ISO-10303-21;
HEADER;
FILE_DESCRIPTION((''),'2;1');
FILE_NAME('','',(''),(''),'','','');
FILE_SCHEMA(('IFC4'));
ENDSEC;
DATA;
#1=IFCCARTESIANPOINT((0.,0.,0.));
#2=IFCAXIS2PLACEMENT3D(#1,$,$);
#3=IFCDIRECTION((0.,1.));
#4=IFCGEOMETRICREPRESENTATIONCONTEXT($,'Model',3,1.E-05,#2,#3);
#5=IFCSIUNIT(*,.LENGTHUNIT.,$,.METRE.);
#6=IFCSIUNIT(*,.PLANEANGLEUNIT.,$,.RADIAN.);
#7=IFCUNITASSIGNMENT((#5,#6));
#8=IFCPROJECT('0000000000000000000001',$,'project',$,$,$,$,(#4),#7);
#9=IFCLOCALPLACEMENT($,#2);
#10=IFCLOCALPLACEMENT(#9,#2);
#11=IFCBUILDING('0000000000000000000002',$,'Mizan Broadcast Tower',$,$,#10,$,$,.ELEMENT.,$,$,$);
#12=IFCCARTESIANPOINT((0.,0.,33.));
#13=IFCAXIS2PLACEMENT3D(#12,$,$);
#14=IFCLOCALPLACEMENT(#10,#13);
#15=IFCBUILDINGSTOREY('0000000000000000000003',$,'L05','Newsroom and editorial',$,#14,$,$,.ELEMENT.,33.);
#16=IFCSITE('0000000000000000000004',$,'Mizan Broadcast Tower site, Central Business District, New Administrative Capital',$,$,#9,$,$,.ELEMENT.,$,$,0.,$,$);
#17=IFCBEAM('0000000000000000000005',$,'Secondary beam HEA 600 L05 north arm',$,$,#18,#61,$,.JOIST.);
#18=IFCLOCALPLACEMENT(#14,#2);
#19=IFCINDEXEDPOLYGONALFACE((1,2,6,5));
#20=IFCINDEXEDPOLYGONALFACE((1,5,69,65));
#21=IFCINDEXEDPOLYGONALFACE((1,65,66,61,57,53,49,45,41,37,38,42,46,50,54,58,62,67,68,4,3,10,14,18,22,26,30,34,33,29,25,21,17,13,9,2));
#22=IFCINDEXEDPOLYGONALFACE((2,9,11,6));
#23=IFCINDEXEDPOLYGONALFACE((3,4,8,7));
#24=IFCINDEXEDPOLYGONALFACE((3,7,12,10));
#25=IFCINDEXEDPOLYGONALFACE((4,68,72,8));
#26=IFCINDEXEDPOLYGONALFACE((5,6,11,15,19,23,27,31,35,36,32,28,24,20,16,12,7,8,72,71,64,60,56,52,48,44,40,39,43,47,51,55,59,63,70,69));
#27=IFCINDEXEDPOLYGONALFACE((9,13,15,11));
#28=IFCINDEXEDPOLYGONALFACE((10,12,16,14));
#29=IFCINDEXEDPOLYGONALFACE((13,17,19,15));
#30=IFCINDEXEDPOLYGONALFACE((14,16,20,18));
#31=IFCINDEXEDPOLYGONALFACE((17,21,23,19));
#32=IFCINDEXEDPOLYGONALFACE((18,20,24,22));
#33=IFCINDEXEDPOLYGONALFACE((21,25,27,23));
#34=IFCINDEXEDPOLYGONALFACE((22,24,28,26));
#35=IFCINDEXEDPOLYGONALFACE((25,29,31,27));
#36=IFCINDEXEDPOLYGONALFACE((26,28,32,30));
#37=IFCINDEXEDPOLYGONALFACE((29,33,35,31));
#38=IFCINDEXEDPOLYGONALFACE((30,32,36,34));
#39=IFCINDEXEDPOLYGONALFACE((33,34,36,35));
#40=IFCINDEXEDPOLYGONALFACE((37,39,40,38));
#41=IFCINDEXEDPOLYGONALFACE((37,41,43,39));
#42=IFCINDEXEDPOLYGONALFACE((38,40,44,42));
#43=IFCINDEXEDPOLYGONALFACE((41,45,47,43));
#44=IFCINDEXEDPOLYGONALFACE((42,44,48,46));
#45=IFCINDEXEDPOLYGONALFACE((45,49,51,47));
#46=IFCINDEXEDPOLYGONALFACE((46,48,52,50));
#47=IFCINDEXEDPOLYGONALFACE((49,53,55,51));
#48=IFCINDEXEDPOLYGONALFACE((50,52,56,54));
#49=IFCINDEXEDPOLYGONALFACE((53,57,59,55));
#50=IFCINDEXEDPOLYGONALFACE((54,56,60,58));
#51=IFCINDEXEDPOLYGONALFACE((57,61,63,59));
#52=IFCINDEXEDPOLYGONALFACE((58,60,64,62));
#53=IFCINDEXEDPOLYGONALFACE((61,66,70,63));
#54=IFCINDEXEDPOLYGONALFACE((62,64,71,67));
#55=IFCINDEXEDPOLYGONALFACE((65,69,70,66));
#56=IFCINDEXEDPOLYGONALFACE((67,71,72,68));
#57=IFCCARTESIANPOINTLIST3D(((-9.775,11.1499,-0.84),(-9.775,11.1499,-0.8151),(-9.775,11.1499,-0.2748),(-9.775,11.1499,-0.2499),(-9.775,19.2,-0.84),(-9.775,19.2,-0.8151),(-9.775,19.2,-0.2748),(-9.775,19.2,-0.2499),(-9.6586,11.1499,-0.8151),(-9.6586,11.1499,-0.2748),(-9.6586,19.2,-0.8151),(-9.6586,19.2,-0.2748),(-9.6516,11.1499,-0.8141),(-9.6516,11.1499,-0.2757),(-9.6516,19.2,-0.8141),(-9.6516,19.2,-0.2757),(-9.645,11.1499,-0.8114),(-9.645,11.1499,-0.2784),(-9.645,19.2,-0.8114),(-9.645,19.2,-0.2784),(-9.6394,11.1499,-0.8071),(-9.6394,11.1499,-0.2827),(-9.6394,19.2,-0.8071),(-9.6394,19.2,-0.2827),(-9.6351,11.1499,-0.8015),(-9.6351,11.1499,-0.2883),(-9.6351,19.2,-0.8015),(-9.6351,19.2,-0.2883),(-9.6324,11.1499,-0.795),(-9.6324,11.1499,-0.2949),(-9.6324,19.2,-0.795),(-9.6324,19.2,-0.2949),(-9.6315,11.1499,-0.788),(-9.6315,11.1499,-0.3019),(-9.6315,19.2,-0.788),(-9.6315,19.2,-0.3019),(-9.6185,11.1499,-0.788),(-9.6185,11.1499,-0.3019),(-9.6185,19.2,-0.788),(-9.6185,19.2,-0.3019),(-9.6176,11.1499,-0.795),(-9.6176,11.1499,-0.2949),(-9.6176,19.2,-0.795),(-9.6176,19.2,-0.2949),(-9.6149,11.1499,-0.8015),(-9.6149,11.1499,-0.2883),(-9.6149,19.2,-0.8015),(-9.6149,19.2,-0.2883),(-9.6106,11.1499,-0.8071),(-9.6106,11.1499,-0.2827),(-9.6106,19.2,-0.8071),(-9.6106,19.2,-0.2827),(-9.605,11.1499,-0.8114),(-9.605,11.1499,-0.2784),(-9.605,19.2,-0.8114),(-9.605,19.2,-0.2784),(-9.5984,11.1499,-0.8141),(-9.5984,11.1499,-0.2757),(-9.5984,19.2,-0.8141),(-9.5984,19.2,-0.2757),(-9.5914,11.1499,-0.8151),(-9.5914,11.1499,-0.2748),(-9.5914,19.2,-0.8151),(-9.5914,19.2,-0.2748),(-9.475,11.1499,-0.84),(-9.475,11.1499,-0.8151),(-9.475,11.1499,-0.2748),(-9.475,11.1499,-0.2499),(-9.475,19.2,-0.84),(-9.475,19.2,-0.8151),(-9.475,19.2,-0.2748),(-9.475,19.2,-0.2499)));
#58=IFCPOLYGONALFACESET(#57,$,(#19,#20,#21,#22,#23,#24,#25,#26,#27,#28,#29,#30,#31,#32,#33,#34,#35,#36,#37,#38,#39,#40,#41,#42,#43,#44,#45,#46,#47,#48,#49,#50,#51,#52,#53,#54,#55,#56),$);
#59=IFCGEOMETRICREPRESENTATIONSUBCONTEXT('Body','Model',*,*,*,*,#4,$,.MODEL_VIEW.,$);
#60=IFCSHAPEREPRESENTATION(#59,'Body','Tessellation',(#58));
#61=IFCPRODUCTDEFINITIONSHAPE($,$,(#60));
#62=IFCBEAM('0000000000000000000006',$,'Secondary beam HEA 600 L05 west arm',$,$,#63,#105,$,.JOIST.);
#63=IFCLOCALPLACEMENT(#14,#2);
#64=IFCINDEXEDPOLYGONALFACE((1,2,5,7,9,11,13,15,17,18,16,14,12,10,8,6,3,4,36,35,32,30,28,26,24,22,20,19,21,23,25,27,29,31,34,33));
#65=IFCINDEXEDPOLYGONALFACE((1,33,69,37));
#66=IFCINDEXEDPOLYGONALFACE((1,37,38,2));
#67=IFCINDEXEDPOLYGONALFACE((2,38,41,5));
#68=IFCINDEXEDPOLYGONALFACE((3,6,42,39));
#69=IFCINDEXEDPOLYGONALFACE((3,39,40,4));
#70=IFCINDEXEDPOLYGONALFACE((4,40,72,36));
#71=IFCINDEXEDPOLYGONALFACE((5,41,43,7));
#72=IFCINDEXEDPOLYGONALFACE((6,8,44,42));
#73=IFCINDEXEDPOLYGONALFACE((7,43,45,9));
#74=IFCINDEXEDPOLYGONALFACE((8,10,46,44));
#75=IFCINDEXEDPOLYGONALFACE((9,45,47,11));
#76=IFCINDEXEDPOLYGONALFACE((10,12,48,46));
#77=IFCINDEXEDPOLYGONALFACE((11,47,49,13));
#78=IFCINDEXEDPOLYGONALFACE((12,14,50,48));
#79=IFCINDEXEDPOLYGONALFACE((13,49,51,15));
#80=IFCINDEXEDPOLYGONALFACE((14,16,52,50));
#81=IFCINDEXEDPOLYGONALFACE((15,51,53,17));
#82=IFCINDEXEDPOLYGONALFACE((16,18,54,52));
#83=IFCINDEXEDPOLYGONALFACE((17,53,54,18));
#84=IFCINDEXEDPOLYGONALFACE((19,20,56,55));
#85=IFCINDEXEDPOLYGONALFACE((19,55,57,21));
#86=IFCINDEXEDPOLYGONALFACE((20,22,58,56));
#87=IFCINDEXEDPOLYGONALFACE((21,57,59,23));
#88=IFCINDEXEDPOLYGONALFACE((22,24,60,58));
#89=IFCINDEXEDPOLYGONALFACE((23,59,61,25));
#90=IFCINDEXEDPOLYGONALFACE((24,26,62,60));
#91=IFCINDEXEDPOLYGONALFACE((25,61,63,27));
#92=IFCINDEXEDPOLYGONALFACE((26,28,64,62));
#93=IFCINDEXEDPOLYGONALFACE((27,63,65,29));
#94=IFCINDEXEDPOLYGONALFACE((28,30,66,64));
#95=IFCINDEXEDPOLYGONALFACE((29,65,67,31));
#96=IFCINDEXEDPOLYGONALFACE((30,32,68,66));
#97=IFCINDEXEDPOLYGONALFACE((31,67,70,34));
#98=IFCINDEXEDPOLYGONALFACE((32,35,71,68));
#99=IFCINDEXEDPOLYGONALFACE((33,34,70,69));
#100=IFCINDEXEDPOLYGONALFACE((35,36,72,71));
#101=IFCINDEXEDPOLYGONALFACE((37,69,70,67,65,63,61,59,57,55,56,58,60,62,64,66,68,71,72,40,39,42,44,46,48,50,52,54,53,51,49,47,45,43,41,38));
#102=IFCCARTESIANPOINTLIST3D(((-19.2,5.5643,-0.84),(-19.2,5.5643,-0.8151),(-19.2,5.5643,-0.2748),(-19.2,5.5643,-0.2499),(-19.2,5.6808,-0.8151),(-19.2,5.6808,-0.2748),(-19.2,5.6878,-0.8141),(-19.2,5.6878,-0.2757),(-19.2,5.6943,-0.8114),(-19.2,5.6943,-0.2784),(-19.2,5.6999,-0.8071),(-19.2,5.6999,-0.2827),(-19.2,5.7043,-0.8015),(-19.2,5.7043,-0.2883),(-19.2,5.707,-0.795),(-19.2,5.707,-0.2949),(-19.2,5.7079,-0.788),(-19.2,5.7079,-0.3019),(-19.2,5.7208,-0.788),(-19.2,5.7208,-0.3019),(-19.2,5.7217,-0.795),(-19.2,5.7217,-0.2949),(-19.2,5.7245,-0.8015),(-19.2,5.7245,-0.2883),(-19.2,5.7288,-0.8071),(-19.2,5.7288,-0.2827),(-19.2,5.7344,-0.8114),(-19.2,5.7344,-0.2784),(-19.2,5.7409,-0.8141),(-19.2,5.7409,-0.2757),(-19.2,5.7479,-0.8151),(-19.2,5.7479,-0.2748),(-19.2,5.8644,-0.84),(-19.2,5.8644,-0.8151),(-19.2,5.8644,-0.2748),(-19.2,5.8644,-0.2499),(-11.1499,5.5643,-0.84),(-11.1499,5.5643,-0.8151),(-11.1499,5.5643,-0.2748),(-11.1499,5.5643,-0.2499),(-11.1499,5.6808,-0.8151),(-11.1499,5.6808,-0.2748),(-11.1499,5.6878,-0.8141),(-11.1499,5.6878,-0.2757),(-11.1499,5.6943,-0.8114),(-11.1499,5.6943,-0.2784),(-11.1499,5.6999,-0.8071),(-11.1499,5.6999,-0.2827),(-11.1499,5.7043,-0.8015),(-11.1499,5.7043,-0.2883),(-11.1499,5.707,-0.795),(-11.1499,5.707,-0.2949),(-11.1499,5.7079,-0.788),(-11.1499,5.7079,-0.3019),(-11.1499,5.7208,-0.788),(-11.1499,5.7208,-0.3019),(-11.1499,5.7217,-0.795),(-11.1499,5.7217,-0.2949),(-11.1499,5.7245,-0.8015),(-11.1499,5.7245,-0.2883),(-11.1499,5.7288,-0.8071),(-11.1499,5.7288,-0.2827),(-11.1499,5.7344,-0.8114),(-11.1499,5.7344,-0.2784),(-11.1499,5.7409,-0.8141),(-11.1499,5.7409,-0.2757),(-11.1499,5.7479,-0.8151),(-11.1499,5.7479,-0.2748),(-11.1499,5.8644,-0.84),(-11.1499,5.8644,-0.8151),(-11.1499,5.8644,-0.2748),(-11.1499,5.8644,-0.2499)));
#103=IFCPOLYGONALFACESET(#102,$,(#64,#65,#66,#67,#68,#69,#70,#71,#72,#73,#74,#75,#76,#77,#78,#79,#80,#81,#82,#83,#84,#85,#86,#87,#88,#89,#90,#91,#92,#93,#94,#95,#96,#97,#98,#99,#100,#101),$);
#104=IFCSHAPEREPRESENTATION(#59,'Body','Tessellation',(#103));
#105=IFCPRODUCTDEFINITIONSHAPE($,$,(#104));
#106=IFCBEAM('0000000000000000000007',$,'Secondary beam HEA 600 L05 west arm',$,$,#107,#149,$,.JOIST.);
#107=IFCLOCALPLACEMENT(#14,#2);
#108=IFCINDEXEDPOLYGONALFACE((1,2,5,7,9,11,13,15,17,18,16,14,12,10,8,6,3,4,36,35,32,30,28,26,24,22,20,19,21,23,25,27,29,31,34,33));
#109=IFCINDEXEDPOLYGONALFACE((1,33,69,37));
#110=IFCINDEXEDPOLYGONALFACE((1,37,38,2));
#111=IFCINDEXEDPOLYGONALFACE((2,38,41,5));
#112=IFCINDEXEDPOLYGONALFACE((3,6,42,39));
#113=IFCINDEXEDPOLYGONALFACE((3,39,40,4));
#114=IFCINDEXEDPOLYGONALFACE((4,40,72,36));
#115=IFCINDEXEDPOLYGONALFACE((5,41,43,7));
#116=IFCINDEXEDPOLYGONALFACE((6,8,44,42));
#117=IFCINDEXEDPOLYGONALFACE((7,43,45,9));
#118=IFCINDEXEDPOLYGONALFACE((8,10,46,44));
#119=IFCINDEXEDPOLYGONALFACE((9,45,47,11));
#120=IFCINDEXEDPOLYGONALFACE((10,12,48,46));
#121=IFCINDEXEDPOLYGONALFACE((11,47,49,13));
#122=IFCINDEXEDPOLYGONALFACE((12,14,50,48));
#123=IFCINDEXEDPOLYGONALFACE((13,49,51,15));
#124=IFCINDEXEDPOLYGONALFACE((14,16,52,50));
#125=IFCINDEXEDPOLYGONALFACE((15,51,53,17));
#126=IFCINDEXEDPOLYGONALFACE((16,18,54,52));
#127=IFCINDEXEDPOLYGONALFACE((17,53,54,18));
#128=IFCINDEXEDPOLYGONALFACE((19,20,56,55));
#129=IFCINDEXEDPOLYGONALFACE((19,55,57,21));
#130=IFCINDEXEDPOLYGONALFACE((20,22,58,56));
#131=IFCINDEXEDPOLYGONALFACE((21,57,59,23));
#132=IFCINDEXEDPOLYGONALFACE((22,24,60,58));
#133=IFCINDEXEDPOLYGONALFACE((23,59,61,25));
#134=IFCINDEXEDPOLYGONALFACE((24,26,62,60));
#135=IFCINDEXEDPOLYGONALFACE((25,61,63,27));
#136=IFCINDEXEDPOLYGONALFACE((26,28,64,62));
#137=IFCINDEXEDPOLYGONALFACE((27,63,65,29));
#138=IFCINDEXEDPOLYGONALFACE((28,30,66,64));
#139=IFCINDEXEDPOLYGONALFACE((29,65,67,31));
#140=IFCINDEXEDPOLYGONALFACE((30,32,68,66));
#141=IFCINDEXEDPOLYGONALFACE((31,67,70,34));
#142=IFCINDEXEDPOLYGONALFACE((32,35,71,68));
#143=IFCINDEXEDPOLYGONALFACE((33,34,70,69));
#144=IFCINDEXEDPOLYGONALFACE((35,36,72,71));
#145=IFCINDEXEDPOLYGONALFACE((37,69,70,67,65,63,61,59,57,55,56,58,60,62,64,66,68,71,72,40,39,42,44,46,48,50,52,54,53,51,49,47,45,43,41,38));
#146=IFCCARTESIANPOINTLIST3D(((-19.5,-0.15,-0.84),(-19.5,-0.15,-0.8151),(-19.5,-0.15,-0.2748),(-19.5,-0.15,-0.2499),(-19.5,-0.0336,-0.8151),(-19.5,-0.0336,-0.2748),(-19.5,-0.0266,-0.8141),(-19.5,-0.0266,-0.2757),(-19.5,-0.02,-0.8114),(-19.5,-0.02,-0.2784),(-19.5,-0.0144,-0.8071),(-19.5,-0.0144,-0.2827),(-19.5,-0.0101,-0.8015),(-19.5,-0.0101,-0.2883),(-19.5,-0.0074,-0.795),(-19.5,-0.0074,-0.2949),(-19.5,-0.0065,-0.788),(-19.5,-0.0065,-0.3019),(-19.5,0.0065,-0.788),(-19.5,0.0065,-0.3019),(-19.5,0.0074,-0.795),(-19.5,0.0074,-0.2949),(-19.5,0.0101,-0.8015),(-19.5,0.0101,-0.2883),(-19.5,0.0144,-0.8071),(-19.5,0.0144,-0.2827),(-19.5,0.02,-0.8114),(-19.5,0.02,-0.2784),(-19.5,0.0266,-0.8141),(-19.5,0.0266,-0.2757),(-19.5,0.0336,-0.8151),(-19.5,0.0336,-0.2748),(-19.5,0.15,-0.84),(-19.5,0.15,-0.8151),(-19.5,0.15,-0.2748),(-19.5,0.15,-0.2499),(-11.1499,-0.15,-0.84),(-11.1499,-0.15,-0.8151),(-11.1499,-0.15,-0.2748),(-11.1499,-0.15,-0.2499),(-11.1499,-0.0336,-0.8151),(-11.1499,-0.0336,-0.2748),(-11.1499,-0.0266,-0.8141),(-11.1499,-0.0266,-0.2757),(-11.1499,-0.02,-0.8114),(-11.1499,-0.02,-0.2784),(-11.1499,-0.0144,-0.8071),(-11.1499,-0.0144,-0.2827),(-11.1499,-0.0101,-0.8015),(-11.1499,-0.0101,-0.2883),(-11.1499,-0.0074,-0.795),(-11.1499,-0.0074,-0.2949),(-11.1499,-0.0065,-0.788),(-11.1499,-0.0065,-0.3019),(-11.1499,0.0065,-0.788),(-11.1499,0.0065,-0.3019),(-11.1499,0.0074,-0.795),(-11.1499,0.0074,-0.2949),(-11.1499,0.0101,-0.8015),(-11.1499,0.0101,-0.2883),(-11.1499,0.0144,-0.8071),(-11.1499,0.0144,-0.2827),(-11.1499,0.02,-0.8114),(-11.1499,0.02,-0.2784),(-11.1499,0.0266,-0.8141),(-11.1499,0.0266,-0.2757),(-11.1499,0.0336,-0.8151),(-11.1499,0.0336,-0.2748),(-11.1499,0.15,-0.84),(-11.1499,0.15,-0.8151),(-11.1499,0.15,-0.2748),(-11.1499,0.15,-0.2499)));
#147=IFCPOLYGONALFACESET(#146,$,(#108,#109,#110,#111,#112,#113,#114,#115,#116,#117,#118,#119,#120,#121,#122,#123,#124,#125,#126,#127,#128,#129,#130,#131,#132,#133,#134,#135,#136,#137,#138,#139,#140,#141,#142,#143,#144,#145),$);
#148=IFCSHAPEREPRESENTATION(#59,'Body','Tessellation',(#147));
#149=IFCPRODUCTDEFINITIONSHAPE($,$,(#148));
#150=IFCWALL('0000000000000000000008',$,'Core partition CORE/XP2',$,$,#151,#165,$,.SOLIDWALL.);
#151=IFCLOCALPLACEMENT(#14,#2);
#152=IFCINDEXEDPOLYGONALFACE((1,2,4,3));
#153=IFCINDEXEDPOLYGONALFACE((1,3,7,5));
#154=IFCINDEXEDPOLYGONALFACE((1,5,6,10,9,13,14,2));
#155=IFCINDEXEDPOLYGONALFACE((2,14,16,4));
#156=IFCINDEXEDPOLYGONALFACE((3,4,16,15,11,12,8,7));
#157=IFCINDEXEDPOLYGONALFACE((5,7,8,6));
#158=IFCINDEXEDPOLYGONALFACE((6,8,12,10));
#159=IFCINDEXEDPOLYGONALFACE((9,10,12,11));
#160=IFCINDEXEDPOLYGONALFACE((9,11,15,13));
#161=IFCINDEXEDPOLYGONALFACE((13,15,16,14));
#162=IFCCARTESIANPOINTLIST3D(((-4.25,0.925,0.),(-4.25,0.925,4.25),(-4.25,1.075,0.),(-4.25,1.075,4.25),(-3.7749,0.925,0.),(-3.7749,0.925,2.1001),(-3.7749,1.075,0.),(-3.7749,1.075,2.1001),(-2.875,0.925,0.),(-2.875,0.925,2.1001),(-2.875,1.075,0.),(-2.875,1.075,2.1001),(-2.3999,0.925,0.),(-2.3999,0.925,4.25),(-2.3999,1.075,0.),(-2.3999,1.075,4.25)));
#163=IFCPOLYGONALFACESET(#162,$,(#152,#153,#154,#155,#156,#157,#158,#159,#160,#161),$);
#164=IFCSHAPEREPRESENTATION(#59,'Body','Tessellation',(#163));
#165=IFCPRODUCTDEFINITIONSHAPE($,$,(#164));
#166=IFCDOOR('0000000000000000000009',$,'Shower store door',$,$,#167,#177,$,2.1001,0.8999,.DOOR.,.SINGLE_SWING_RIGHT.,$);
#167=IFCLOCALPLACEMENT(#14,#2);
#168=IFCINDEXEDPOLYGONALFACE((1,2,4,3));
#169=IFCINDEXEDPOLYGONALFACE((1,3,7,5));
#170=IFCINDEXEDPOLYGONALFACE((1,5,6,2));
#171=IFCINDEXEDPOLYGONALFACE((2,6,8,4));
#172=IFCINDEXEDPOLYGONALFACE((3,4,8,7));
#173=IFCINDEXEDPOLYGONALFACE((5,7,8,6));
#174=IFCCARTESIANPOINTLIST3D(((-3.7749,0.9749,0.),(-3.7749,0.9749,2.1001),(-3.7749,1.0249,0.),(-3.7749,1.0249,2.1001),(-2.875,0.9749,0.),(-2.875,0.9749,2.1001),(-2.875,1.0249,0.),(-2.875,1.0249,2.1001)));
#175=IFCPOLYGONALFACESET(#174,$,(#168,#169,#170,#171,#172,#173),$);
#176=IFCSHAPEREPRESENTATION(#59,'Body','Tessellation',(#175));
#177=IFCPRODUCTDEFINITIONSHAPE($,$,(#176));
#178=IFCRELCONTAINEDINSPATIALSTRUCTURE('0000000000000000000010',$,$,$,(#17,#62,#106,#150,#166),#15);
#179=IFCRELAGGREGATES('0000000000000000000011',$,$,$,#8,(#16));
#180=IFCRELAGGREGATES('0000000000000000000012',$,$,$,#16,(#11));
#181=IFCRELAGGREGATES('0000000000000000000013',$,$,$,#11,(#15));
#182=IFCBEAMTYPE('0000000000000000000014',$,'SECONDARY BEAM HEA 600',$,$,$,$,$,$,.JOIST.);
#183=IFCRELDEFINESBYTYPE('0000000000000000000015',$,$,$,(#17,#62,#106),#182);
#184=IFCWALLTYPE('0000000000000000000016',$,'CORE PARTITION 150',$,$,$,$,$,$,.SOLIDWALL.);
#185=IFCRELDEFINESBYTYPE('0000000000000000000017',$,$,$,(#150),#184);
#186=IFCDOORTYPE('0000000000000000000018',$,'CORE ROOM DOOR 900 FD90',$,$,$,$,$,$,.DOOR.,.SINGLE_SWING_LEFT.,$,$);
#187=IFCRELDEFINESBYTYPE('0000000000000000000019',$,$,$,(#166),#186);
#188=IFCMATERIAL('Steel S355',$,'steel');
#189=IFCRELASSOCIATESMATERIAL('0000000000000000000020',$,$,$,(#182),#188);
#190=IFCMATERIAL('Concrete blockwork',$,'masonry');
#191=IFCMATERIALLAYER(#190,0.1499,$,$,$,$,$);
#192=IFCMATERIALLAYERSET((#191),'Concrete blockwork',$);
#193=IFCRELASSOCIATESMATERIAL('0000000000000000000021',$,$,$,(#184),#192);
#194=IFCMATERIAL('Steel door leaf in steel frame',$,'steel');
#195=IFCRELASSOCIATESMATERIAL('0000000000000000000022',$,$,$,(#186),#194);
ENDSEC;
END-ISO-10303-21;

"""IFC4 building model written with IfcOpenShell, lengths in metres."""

from ifc_helpers import new_model, si_unit, direction, frame, frame_2d, origin, origin_2d, place, context, subcontext, project, spatial, rectangle, i_section, extrude, material, layer, layer_set, material_profile, profile_set, type_object, element, fill, save


model = new_model("IFC4")

# Units and contexts
model_context = context("Model", 3, precision=1e-05, world=origin(), true_north=direction((0.0, 1.0)))
body_context = subcontext(model_context, "Body", "Model", "MODEL_VIEW")
ifc_project = project(units=[si_unit("LENGTHUNIT", "METRE"), si_unit("PLANEANGLEUNIT", "RADIAN")], contexts=[model_context])

# Site, building, storey
site_placement = place(None, origin())
site = spatial("IfcSite", under=ifc_project, at=site_placement, Name="Mizan Broadcast Tower site, Central Business District, New Administrative Capital", CompositionType="ELEMENT", RefElevation=0.0)
building_placement = place(site_placement, origin())
building = spatial("IfcBuilding", under=site, at=building_placement, Name="Mizan Broadcast Tower", CompositionType="ELEMENT")
storey_placement = place(building_placement, frame((0.0, 0.0, 33.0)))
storey = spatial("IfcBuildingStorey", under=building, at=storey_placement, Name="L05", Description="Newsroom and editorial", CompositionType="ELEMENT", Elevation=33.0)

# Beams
ifc_material_1 = material(Name="Steel S355", Category="steel")
ifc_material_profile_1 = material_profile(ifc_material_1, i_section(OverallWidth=0.3, OverallDepth=0.5901, WebThickness=0.0129, FlangeThickness=0.0249, FilletRadius=0.0271, at=origin_2d()), Name="HEA 600")
ifc_profile_set_1 = profile_set([ifc_material_profile_1], Name="Steel S355")
beam_type_1 = type_object("IfcBeamType", Name="SECONDARY BEAM HEA 600", PredefinedType="JOIST", material=ifc_profile_set_1)
for number, where, z_axis, x_axis, name in (
    (1, (-9.625, 11.1499, -0.5449), (0.0, 1.0, 0.0), (-1.0, 0.0, 0.0), "Secondary beam HEA 600 L05 north arm"),
    (2, (-11.1499, 5.7144, -0.5449), (-1.0, 0.0, 0.0), (0.0, -1.0, 0.0), "Secondary beam HEA 600 L05 west arm"),
):
    element("IfcBeam", number, at=place(storey_placement, frame(where, z_axis=z_axis, x_axis=x_axis)), inside=storey, type_object=beam_type_1, Name=name, PredefinedType="JOIST", context=body_context, shape_type="SweptSolid", body=[
        extrude(i_section(OverallWidth=0.3, OverallDepth=0.5901, WebThickness=0.0129, FlangeThickness=0.0249, FilletRadius=0.0271, at=origin_2d()), origin(), (0.0, 0.0, 1.0), 8.05),
    ])
beam_1_placement = place(storey_placement, frame((-11.1499, 0.0, -0.5449), z_axis=(-1.0, 0.0, 0.0), x_axis=(0.0, -1.0, 0.0)))
element("IfcBeam", 3, at=beam_1_placement, inside=storey, type_object=beam_type_1, Name="Secondary beam HEA 600 L05 west arm", PredefinedType="JOIST", context=body_context, shape_type="SweptSolid", body=[
    extrude(i_section(OverallWidth=0.3, OverallDepth=0.5901, WebThickness=0.0129, FlangeThickness=0.0249, FilletRadius=0.0271, at=origin_2d()), origin(), (0.0, 0.0, 1.0), 8.3501),
])

# Wall, opening, door
ifc_material_2 = material(Name="Concrete blockwork", Category="masonry")
ifc_layer_1 = layer(ifc_material_2, 0.1499)
ifc_layer_set_1 = layer_set([ifc_layer_1], Name="Concrete blockwork")
wall_type_1 = type_object("IfcWallType", Name="CORE PARTITION 150", PredefinedType="SOLIDWALL", material=ifc_layer_set_1)
wall_1_placement = place(storey_placement, frame((-4.25, 1.0, 0.0), z_axis=(0.0, 0.0, 1.0), x_axis=(1.0, 0.0, 0.0)))
wall_1 = element("IfcWall", 4, at=wall_1_placement, inside=storey, type_object=wall_type_1, Name="Core partition CORE/XP2", PredefinedType="SOLIDWALL", context=body_context, shape_type="SweptSolid", body=[
    extrude(rectangle(XDim=1.8501, YDim=0.1499, at=frame_2d((0.925, 0.0))), origin(), (0.0, 0.0, 1.0), 4.25),
])
opening_1_placement = place(wall_1_placement, frame((0.4751, 0.0, 0.0)))
opening_1 = element("IfcOpeningElement", 5, at=opening_1_placement, cuts=wall_1, PredefinedType="OPENING", context=body_context, shape_type="SweptSolid", body=[
    extrude(rectangle(XDim=0.8999, YDim=2.1001, at=frame_2d((0.45, 1.05))), frame((0.0, 0.085, 0.0), z_axis=(0.0, -1.0, 0.0), x_axis=(1.0, 0.0, 0.0)), (0.0, 0.0, 1.0), 0.1699),
])
ifc_material_3 = material(Name="Steel door leaf in steel frame", Category="steel")
door_type_1 = type_object("IfcDoorType", Name="CORE ROOM DOOR 900 FD90", OperationType="SINGLE_SWING_LEFT", PredefinedType="DOOR", material=ifc_material_3)
door_1_placement = place(opening_1_placement, origin())
door_1 = element("IfcDoor", 6, at=door_1_placement, inside=storey, type_object=door_type_1, Name="Shower store door", OperationType="SINGLE_SWING_RIGHT", OverallHeight=2.1001, OverallWidth=0.8999, PredefinedType="DOOR", context=body_context, shape_type="SweptSolid", body=[
    extrude(rectangle(XDim=0.8999, YDim=2.1001, at=frame_2d((0.45, 1.05))), frame((0.0, 0.0249, 0.0), z_axis=(0.0, -1.0, 0.0), x_axis=(1.0, 0.0, 0.0)), (0.0, 0.0, 1.0), 0.05),
])
fill(opening_1, door_1)

save(model, "model.ifc")
